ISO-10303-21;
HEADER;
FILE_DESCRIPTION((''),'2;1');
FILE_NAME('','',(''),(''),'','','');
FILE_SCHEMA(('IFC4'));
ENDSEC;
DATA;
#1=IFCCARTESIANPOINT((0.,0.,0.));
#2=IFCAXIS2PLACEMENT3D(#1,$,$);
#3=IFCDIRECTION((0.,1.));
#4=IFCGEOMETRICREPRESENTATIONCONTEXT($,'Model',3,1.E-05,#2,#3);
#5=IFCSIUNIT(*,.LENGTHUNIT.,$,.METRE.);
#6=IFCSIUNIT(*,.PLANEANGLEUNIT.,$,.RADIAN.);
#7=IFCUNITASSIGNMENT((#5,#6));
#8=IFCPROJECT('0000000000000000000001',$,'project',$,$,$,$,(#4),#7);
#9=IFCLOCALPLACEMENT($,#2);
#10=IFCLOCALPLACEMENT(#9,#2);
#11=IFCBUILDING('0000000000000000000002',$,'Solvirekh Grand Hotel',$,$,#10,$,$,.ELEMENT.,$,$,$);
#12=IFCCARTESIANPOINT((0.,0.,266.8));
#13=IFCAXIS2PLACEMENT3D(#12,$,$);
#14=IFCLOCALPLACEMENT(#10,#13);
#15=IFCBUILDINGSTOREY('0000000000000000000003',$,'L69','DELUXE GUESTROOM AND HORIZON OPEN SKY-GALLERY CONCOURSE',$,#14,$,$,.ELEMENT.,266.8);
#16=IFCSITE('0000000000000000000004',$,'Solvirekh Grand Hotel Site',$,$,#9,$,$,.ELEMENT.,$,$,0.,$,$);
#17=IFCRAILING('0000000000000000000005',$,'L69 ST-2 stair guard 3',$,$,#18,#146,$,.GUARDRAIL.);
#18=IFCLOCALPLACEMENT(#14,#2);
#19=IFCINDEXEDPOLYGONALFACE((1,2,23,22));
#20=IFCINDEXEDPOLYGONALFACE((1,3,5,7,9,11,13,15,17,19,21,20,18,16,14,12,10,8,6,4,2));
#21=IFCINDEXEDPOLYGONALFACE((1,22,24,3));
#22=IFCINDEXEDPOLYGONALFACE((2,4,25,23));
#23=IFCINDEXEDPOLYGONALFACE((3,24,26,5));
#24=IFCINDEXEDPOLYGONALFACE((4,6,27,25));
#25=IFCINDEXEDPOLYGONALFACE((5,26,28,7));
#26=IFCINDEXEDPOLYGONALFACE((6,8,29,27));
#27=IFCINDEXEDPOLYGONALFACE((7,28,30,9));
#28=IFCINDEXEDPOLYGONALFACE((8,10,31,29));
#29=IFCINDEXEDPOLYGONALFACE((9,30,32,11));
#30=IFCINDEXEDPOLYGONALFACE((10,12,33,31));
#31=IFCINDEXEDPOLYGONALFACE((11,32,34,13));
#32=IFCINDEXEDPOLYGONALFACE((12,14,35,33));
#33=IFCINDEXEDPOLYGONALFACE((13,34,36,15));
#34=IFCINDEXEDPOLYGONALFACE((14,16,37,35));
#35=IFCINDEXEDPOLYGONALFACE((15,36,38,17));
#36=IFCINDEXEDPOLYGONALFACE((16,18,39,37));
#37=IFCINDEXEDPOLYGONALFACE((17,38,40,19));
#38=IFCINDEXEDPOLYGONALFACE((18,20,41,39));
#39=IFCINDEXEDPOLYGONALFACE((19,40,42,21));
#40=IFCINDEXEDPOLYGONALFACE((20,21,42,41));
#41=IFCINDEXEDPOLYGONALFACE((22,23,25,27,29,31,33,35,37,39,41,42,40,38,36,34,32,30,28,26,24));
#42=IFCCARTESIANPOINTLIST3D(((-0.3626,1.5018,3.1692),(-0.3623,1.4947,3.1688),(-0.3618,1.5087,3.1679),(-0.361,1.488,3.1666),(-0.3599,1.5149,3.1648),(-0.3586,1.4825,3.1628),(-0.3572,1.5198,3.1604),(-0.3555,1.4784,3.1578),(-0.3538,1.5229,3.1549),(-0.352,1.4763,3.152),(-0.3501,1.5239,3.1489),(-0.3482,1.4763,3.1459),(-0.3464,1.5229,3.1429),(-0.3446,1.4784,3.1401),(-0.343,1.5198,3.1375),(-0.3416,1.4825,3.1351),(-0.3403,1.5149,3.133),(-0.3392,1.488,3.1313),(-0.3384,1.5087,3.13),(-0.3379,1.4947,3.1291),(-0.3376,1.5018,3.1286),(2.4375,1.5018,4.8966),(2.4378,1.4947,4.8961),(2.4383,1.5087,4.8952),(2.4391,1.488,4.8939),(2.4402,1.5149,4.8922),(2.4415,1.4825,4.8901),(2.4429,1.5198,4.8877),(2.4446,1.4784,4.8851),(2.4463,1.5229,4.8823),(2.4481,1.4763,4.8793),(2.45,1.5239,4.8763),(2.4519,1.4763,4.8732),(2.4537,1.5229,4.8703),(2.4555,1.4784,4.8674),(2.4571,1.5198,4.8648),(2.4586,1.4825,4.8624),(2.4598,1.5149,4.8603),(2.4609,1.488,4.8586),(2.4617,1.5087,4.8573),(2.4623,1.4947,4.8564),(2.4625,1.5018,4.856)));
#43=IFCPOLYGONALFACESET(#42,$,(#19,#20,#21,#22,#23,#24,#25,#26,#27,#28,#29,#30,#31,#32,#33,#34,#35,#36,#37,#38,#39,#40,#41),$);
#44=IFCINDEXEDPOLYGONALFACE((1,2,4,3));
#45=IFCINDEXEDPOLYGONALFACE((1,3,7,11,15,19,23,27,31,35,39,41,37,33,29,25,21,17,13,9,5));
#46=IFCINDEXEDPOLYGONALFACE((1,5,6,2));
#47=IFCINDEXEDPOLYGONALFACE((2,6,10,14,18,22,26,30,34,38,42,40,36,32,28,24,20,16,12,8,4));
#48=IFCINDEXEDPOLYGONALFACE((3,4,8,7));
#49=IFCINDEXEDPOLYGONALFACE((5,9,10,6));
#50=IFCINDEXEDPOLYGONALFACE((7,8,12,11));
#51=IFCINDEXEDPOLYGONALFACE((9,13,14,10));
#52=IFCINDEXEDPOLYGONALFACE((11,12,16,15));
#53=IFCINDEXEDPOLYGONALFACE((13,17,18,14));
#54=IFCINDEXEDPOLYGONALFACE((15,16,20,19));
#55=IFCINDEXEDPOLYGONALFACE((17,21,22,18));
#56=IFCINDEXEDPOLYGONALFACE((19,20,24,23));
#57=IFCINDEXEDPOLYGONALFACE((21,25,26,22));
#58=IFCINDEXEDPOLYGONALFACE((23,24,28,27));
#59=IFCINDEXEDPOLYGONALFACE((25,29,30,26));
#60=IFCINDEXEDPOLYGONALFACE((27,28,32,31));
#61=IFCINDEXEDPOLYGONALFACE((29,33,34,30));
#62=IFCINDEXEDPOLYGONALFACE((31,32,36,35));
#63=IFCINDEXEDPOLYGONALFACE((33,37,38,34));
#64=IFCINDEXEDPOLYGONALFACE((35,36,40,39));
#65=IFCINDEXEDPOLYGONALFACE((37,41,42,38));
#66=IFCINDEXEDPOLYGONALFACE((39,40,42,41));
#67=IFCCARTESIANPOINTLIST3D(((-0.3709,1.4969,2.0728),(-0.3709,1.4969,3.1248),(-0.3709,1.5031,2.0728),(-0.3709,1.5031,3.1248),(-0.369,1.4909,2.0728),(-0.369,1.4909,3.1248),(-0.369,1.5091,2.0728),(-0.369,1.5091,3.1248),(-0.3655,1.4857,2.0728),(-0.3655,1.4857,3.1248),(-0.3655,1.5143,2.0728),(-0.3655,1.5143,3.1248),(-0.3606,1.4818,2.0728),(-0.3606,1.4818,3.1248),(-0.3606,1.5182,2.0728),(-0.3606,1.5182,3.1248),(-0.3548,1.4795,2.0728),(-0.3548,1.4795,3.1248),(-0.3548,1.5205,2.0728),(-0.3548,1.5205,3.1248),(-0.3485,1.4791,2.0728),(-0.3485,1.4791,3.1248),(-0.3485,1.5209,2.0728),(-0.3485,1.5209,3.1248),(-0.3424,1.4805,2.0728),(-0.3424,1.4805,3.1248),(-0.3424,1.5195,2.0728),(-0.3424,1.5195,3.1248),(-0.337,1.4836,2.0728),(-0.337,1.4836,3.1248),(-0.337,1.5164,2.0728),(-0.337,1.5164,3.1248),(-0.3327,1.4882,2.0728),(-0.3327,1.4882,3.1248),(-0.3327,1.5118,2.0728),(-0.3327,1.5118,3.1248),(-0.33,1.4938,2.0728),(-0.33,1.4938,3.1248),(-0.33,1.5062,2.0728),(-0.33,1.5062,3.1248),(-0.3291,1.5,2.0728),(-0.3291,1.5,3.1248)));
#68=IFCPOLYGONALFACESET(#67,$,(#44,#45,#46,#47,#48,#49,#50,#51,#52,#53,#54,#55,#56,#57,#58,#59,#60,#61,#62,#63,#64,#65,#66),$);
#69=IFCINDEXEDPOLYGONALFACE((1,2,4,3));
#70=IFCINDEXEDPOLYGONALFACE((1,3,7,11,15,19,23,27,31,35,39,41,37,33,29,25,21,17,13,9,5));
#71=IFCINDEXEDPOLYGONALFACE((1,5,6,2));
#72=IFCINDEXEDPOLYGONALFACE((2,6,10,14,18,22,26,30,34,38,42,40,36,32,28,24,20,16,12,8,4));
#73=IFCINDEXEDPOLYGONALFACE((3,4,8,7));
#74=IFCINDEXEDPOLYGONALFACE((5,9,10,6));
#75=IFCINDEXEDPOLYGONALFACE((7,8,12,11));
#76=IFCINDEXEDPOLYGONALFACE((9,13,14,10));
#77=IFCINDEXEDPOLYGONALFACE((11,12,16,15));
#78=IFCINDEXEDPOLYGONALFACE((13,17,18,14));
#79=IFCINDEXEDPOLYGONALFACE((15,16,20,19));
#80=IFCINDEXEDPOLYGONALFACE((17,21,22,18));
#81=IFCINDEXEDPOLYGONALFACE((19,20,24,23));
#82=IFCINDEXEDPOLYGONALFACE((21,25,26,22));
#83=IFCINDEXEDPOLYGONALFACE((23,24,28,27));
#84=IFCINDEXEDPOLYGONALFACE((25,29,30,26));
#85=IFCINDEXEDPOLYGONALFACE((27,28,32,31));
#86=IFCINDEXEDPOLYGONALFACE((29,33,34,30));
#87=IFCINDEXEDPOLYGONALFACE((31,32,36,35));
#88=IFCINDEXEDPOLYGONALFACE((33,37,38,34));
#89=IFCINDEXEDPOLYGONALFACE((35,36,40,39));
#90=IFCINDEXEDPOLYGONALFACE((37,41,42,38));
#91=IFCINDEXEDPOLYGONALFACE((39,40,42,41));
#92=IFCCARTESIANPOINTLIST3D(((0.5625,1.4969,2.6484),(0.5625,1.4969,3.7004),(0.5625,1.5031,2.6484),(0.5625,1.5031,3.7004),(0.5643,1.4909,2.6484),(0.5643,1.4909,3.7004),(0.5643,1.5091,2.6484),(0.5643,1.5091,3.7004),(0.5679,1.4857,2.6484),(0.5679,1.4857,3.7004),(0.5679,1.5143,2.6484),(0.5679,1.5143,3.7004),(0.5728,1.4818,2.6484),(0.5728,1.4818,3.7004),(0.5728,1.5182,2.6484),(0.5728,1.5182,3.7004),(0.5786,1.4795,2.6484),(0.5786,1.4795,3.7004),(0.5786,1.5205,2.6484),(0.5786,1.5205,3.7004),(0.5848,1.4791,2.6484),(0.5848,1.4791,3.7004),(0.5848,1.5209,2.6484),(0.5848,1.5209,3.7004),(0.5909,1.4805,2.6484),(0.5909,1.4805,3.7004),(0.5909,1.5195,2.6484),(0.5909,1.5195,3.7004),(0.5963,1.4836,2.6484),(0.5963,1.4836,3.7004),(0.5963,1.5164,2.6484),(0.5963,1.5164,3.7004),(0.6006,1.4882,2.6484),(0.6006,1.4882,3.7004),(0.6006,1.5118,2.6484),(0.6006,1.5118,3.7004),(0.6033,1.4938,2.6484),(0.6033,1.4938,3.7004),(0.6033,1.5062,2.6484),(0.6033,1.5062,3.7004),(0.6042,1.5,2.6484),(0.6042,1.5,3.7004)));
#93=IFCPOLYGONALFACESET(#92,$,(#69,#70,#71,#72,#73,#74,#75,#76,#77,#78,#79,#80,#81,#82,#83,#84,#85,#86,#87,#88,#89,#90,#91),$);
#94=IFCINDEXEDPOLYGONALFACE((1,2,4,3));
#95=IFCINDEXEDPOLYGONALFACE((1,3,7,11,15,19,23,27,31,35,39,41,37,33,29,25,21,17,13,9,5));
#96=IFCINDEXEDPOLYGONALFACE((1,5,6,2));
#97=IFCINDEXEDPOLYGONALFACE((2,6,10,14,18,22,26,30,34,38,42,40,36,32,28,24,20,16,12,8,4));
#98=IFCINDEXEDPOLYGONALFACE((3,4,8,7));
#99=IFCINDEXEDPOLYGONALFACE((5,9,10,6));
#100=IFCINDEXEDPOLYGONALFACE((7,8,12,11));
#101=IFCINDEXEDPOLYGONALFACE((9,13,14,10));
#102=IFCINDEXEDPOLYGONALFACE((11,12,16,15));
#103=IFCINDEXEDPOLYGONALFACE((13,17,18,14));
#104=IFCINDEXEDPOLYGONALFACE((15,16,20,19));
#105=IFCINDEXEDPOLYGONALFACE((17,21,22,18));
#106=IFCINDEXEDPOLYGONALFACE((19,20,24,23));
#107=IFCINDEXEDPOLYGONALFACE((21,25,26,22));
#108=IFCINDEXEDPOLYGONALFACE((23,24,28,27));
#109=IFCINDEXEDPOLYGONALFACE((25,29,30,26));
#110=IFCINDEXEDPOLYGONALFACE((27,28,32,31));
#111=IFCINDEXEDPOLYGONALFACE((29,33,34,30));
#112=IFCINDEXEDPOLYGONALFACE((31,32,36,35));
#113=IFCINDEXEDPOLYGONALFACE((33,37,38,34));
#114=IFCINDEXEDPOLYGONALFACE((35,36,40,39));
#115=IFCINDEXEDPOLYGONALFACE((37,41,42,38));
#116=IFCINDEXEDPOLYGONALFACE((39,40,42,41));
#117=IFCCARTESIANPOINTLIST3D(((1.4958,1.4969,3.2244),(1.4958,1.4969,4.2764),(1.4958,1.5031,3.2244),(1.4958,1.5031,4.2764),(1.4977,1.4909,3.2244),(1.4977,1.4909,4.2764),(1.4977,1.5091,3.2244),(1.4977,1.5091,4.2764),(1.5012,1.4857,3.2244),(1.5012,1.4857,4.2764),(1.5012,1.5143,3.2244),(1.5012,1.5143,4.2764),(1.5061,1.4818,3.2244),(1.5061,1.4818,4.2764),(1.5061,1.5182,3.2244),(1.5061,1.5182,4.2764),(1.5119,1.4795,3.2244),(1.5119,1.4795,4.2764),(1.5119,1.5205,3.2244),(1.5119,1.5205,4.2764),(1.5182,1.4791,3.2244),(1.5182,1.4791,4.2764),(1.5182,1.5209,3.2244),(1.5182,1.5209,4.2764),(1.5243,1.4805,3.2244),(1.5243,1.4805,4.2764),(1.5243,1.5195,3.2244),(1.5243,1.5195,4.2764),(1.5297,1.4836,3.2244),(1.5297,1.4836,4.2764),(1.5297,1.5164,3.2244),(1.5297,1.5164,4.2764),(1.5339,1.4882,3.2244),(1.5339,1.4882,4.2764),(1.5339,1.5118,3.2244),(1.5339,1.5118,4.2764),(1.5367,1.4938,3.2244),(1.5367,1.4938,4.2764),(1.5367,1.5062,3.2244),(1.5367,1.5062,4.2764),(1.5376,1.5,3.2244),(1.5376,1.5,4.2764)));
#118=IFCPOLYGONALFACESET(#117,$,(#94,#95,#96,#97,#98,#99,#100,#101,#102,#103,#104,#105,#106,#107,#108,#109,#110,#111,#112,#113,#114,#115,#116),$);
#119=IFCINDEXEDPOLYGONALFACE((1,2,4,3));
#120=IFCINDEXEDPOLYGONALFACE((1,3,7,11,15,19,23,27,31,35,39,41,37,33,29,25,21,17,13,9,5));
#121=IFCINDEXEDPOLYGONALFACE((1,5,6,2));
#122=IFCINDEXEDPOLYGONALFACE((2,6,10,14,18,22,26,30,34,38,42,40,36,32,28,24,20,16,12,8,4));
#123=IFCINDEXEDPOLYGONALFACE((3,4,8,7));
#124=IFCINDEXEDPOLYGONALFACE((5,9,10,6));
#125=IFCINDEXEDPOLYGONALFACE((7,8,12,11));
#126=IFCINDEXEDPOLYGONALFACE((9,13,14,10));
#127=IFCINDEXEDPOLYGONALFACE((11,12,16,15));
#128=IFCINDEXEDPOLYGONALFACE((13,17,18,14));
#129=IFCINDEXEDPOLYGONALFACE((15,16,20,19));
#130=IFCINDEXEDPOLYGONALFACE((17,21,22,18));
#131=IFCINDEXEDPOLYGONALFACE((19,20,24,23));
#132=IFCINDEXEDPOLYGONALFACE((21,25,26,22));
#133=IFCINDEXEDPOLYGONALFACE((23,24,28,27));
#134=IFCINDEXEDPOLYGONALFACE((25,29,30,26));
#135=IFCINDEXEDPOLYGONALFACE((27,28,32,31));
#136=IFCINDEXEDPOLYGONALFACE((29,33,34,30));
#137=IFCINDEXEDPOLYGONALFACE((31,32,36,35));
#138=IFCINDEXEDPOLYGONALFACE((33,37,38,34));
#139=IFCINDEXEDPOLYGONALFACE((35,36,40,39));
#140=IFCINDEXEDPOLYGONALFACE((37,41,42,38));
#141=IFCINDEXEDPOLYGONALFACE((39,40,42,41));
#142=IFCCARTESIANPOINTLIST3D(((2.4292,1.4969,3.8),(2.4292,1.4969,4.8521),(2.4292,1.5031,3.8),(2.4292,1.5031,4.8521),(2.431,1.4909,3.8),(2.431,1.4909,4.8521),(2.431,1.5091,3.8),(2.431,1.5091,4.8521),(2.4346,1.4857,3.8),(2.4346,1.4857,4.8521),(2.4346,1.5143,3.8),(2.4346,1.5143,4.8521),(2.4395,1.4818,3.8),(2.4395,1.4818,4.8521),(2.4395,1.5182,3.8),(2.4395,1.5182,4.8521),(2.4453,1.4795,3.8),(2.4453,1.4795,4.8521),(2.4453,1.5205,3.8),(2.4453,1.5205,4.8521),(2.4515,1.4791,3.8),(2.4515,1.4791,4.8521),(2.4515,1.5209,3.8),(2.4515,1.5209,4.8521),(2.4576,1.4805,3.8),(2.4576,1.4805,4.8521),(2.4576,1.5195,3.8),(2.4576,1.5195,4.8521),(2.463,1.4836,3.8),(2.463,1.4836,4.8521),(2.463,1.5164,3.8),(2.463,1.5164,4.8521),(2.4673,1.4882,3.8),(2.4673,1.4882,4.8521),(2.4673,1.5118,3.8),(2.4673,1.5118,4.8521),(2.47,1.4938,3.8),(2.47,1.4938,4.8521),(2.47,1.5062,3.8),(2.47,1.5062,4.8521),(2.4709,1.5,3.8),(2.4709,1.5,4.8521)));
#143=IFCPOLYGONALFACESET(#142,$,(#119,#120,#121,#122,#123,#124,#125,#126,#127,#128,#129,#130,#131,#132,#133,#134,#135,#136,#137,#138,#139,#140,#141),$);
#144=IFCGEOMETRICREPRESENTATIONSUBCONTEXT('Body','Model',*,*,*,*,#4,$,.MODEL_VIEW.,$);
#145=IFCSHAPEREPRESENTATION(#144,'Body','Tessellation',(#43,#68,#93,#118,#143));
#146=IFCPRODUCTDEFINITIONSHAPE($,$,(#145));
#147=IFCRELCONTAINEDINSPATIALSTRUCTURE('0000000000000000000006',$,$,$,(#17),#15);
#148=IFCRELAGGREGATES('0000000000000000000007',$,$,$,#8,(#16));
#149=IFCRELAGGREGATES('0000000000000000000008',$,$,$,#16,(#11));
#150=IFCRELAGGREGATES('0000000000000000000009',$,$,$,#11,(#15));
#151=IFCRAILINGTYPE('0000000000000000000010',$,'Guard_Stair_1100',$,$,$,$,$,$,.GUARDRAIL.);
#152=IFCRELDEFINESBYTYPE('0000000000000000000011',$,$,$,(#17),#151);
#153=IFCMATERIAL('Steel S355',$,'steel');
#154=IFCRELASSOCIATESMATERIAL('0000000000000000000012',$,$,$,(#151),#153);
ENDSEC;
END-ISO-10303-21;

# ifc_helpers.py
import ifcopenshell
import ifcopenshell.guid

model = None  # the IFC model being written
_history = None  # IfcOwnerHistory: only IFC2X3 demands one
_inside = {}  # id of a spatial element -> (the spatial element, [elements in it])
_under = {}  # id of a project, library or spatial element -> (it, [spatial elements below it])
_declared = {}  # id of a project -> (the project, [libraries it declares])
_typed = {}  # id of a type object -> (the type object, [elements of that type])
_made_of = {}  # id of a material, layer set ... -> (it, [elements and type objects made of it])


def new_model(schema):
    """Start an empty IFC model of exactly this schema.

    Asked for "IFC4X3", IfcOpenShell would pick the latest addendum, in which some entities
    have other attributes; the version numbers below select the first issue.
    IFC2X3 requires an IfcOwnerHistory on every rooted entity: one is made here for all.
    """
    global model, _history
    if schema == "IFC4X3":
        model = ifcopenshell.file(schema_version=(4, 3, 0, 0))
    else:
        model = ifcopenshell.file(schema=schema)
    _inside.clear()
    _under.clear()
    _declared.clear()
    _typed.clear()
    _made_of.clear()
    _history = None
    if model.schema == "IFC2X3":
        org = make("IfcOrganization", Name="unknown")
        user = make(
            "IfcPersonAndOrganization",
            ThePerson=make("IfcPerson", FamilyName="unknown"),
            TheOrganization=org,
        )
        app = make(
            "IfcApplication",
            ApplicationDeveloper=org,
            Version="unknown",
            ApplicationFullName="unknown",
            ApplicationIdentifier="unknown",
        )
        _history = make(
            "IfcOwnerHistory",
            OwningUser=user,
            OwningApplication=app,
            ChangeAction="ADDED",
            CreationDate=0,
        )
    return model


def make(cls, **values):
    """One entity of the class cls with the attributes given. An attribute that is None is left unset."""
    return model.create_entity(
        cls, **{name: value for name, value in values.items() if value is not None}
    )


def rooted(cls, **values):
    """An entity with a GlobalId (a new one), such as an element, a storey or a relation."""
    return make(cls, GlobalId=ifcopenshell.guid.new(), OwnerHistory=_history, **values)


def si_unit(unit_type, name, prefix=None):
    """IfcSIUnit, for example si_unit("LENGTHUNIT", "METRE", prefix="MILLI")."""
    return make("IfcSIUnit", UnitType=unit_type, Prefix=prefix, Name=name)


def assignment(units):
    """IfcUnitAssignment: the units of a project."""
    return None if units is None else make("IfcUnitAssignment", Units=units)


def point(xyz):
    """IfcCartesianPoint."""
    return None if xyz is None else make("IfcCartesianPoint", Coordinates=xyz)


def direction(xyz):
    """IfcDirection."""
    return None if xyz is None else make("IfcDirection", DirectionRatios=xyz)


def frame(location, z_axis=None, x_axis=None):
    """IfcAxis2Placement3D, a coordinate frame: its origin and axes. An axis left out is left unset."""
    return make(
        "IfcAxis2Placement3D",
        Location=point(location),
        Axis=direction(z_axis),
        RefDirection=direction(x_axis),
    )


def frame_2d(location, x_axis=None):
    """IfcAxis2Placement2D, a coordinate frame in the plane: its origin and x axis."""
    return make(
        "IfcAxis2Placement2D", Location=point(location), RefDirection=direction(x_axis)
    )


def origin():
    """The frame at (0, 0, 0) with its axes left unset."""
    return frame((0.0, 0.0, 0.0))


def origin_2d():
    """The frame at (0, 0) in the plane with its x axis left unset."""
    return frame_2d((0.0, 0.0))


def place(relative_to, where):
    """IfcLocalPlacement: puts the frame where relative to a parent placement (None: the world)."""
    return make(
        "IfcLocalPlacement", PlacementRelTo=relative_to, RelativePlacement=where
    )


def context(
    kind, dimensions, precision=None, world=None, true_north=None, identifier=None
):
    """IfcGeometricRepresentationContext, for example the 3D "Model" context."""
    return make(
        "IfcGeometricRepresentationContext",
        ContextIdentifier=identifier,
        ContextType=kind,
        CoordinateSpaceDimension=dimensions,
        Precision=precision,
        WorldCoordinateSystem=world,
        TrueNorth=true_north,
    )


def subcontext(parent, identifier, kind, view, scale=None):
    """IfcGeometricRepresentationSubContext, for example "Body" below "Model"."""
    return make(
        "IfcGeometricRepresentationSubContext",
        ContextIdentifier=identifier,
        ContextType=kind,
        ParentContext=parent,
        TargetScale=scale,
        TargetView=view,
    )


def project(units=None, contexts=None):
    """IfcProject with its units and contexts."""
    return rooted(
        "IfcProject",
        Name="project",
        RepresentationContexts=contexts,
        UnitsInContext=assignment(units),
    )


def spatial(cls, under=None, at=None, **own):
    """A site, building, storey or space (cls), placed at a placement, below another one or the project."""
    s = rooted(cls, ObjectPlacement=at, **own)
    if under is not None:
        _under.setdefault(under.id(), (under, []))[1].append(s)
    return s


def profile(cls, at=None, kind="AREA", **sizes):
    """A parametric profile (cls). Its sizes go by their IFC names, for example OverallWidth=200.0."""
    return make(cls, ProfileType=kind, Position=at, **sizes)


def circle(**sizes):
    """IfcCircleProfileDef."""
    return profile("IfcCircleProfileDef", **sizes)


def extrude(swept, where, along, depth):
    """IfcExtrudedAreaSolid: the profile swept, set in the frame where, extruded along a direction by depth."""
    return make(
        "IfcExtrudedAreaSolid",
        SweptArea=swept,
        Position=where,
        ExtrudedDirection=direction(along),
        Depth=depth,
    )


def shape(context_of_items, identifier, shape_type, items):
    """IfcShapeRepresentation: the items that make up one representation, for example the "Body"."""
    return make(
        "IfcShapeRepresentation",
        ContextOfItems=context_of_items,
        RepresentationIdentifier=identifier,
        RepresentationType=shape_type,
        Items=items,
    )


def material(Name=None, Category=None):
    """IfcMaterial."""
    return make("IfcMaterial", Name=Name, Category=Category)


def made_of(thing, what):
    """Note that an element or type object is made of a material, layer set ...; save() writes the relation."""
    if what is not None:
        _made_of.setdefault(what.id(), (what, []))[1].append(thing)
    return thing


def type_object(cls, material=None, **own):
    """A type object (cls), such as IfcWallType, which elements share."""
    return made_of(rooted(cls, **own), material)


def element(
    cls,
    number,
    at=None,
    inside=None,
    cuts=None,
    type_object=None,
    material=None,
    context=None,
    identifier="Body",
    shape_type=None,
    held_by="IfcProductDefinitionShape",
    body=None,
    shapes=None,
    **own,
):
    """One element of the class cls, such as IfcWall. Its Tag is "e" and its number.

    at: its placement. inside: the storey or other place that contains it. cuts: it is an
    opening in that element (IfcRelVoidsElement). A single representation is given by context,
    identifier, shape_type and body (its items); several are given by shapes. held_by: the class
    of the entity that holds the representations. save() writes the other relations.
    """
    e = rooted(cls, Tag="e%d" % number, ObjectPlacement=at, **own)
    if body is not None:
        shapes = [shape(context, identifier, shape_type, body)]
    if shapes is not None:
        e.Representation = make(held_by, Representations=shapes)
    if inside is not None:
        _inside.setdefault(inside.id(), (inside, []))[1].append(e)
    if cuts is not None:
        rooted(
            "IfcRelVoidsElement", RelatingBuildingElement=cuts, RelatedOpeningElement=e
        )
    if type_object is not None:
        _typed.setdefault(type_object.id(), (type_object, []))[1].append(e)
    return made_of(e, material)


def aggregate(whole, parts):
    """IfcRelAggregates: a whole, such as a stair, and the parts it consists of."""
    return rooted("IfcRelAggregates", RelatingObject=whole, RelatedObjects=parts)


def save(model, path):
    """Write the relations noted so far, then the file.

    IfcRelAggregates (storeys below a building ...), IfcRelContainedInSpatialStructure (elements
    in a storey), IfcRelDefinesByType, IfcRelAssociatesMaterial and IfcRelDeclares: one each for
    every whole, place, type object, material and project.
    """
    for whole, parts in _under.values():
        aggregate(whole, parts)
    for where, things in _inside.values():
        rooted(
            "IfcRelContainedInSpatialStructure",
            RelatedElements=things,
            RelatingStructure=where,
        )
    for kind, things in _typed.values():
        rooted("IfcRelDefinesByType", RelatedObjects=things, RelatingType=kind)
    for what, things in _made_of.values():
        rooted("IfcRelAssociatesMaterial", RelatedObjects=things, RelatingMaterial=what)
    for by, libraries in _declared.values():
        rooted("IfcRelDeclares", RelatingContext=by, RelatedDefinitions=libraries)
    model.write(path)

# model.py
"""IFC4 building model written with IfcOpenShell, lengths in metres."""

from ifc_helpers import new_model, si_unit, direction, frame, origin, origin_2d, place, context, subcontext, project, spatial, circle, extrude, material, type_object, element, save


model = new_model("IFC4")

# Units and contexts
model_context = context("Model", 3, precision=1e-05, world=origin(), true_north=direction((0.0, 1.0)))
body_context = subcontext(model_context, "Body", "Model", "MODEL_VIEW")
ifc_project = project(units=[si_unit("LENGTHUNIT", "METRE"), si_unit("PLANEANGLEUNIT", "RADIAN")], contexts=[model_context])

# Site, building, storey
site_placement = place(None, origin())
site = spatial("IfcSite", under=ifc_project, at=site_placement, Name="Solvirekh Grand Hotel Site", CompositionType="ELEMENT", RefElevation=0.0)
building_placement = place(site_placement, origin())
building = spatial("IfcBuilding", under=site, at=building_placement, Name="Solvirekh Grand Hotel", CompositionType="ELEMENT")
storey_placement = place(building_placement, frame((0.0, 0.0, 266.8)))
storey = spatial("IfcBuildingStorey", under=building, at=storey_placement, Name="L69", Description="DELUXE GUESTROOM AND HORIZON OPEN SKY-GALLERY CONCOURSE", CompositionType="ELEMENT", Elevation=266.8)

# Railing
ifc_material_1 = material(Name="Steel S355", Category="steel")
railing_type_1 = type_object("IfcRailingType", Name="Guard_Stair_1100", PredefinedType="GUARDRAIL", material=ifc_material_1)
railing_1_placement = place(storey_placement, frame((-0.3501, 1.5, 2.0728)))
element("IfcRailing", 1, at=railing_1_placement, inside=storey, type_object=railing_type_1, Name="L69 ST-2 stair guard 3", PredefinedType="GUARDRAIL", context=body_context, shape_type="SweptSolid", body=[
    extrude(circle(Radius=0.0239, at=origin_2d()), frame((0.0, 0.0, 1.0762), z_axis=(0.85109, 0.0, 0.52502), x_axis=(0.0, 1.0, 0.0)), (0.0, 0.0, 1.0), 3.29),
    extrude(circle(Radius=0.021, at=origin_2d()), origin(), (0.0, 0.0, 1.0), 1.052),
    extrude(circle(Radius=0.021, at=origin_2d()), frame((0.9333, 0.0, 0.5757)), (0.0, 0.0, 1.0), 1.052),
    extrude(circle(Radius=0.021, at=origin_2d()), frame((1.8667, 0.0, 1.1516)), (0.0, 0.0, 1.0), 1.052),
    extrude(circle(Radius=0.021, at=origin_2d()), frame((2.8, 0.0, 1.7273)), (0.0, 0.0, 1.0), 1.052),
])

save(model, "model.ifc")
